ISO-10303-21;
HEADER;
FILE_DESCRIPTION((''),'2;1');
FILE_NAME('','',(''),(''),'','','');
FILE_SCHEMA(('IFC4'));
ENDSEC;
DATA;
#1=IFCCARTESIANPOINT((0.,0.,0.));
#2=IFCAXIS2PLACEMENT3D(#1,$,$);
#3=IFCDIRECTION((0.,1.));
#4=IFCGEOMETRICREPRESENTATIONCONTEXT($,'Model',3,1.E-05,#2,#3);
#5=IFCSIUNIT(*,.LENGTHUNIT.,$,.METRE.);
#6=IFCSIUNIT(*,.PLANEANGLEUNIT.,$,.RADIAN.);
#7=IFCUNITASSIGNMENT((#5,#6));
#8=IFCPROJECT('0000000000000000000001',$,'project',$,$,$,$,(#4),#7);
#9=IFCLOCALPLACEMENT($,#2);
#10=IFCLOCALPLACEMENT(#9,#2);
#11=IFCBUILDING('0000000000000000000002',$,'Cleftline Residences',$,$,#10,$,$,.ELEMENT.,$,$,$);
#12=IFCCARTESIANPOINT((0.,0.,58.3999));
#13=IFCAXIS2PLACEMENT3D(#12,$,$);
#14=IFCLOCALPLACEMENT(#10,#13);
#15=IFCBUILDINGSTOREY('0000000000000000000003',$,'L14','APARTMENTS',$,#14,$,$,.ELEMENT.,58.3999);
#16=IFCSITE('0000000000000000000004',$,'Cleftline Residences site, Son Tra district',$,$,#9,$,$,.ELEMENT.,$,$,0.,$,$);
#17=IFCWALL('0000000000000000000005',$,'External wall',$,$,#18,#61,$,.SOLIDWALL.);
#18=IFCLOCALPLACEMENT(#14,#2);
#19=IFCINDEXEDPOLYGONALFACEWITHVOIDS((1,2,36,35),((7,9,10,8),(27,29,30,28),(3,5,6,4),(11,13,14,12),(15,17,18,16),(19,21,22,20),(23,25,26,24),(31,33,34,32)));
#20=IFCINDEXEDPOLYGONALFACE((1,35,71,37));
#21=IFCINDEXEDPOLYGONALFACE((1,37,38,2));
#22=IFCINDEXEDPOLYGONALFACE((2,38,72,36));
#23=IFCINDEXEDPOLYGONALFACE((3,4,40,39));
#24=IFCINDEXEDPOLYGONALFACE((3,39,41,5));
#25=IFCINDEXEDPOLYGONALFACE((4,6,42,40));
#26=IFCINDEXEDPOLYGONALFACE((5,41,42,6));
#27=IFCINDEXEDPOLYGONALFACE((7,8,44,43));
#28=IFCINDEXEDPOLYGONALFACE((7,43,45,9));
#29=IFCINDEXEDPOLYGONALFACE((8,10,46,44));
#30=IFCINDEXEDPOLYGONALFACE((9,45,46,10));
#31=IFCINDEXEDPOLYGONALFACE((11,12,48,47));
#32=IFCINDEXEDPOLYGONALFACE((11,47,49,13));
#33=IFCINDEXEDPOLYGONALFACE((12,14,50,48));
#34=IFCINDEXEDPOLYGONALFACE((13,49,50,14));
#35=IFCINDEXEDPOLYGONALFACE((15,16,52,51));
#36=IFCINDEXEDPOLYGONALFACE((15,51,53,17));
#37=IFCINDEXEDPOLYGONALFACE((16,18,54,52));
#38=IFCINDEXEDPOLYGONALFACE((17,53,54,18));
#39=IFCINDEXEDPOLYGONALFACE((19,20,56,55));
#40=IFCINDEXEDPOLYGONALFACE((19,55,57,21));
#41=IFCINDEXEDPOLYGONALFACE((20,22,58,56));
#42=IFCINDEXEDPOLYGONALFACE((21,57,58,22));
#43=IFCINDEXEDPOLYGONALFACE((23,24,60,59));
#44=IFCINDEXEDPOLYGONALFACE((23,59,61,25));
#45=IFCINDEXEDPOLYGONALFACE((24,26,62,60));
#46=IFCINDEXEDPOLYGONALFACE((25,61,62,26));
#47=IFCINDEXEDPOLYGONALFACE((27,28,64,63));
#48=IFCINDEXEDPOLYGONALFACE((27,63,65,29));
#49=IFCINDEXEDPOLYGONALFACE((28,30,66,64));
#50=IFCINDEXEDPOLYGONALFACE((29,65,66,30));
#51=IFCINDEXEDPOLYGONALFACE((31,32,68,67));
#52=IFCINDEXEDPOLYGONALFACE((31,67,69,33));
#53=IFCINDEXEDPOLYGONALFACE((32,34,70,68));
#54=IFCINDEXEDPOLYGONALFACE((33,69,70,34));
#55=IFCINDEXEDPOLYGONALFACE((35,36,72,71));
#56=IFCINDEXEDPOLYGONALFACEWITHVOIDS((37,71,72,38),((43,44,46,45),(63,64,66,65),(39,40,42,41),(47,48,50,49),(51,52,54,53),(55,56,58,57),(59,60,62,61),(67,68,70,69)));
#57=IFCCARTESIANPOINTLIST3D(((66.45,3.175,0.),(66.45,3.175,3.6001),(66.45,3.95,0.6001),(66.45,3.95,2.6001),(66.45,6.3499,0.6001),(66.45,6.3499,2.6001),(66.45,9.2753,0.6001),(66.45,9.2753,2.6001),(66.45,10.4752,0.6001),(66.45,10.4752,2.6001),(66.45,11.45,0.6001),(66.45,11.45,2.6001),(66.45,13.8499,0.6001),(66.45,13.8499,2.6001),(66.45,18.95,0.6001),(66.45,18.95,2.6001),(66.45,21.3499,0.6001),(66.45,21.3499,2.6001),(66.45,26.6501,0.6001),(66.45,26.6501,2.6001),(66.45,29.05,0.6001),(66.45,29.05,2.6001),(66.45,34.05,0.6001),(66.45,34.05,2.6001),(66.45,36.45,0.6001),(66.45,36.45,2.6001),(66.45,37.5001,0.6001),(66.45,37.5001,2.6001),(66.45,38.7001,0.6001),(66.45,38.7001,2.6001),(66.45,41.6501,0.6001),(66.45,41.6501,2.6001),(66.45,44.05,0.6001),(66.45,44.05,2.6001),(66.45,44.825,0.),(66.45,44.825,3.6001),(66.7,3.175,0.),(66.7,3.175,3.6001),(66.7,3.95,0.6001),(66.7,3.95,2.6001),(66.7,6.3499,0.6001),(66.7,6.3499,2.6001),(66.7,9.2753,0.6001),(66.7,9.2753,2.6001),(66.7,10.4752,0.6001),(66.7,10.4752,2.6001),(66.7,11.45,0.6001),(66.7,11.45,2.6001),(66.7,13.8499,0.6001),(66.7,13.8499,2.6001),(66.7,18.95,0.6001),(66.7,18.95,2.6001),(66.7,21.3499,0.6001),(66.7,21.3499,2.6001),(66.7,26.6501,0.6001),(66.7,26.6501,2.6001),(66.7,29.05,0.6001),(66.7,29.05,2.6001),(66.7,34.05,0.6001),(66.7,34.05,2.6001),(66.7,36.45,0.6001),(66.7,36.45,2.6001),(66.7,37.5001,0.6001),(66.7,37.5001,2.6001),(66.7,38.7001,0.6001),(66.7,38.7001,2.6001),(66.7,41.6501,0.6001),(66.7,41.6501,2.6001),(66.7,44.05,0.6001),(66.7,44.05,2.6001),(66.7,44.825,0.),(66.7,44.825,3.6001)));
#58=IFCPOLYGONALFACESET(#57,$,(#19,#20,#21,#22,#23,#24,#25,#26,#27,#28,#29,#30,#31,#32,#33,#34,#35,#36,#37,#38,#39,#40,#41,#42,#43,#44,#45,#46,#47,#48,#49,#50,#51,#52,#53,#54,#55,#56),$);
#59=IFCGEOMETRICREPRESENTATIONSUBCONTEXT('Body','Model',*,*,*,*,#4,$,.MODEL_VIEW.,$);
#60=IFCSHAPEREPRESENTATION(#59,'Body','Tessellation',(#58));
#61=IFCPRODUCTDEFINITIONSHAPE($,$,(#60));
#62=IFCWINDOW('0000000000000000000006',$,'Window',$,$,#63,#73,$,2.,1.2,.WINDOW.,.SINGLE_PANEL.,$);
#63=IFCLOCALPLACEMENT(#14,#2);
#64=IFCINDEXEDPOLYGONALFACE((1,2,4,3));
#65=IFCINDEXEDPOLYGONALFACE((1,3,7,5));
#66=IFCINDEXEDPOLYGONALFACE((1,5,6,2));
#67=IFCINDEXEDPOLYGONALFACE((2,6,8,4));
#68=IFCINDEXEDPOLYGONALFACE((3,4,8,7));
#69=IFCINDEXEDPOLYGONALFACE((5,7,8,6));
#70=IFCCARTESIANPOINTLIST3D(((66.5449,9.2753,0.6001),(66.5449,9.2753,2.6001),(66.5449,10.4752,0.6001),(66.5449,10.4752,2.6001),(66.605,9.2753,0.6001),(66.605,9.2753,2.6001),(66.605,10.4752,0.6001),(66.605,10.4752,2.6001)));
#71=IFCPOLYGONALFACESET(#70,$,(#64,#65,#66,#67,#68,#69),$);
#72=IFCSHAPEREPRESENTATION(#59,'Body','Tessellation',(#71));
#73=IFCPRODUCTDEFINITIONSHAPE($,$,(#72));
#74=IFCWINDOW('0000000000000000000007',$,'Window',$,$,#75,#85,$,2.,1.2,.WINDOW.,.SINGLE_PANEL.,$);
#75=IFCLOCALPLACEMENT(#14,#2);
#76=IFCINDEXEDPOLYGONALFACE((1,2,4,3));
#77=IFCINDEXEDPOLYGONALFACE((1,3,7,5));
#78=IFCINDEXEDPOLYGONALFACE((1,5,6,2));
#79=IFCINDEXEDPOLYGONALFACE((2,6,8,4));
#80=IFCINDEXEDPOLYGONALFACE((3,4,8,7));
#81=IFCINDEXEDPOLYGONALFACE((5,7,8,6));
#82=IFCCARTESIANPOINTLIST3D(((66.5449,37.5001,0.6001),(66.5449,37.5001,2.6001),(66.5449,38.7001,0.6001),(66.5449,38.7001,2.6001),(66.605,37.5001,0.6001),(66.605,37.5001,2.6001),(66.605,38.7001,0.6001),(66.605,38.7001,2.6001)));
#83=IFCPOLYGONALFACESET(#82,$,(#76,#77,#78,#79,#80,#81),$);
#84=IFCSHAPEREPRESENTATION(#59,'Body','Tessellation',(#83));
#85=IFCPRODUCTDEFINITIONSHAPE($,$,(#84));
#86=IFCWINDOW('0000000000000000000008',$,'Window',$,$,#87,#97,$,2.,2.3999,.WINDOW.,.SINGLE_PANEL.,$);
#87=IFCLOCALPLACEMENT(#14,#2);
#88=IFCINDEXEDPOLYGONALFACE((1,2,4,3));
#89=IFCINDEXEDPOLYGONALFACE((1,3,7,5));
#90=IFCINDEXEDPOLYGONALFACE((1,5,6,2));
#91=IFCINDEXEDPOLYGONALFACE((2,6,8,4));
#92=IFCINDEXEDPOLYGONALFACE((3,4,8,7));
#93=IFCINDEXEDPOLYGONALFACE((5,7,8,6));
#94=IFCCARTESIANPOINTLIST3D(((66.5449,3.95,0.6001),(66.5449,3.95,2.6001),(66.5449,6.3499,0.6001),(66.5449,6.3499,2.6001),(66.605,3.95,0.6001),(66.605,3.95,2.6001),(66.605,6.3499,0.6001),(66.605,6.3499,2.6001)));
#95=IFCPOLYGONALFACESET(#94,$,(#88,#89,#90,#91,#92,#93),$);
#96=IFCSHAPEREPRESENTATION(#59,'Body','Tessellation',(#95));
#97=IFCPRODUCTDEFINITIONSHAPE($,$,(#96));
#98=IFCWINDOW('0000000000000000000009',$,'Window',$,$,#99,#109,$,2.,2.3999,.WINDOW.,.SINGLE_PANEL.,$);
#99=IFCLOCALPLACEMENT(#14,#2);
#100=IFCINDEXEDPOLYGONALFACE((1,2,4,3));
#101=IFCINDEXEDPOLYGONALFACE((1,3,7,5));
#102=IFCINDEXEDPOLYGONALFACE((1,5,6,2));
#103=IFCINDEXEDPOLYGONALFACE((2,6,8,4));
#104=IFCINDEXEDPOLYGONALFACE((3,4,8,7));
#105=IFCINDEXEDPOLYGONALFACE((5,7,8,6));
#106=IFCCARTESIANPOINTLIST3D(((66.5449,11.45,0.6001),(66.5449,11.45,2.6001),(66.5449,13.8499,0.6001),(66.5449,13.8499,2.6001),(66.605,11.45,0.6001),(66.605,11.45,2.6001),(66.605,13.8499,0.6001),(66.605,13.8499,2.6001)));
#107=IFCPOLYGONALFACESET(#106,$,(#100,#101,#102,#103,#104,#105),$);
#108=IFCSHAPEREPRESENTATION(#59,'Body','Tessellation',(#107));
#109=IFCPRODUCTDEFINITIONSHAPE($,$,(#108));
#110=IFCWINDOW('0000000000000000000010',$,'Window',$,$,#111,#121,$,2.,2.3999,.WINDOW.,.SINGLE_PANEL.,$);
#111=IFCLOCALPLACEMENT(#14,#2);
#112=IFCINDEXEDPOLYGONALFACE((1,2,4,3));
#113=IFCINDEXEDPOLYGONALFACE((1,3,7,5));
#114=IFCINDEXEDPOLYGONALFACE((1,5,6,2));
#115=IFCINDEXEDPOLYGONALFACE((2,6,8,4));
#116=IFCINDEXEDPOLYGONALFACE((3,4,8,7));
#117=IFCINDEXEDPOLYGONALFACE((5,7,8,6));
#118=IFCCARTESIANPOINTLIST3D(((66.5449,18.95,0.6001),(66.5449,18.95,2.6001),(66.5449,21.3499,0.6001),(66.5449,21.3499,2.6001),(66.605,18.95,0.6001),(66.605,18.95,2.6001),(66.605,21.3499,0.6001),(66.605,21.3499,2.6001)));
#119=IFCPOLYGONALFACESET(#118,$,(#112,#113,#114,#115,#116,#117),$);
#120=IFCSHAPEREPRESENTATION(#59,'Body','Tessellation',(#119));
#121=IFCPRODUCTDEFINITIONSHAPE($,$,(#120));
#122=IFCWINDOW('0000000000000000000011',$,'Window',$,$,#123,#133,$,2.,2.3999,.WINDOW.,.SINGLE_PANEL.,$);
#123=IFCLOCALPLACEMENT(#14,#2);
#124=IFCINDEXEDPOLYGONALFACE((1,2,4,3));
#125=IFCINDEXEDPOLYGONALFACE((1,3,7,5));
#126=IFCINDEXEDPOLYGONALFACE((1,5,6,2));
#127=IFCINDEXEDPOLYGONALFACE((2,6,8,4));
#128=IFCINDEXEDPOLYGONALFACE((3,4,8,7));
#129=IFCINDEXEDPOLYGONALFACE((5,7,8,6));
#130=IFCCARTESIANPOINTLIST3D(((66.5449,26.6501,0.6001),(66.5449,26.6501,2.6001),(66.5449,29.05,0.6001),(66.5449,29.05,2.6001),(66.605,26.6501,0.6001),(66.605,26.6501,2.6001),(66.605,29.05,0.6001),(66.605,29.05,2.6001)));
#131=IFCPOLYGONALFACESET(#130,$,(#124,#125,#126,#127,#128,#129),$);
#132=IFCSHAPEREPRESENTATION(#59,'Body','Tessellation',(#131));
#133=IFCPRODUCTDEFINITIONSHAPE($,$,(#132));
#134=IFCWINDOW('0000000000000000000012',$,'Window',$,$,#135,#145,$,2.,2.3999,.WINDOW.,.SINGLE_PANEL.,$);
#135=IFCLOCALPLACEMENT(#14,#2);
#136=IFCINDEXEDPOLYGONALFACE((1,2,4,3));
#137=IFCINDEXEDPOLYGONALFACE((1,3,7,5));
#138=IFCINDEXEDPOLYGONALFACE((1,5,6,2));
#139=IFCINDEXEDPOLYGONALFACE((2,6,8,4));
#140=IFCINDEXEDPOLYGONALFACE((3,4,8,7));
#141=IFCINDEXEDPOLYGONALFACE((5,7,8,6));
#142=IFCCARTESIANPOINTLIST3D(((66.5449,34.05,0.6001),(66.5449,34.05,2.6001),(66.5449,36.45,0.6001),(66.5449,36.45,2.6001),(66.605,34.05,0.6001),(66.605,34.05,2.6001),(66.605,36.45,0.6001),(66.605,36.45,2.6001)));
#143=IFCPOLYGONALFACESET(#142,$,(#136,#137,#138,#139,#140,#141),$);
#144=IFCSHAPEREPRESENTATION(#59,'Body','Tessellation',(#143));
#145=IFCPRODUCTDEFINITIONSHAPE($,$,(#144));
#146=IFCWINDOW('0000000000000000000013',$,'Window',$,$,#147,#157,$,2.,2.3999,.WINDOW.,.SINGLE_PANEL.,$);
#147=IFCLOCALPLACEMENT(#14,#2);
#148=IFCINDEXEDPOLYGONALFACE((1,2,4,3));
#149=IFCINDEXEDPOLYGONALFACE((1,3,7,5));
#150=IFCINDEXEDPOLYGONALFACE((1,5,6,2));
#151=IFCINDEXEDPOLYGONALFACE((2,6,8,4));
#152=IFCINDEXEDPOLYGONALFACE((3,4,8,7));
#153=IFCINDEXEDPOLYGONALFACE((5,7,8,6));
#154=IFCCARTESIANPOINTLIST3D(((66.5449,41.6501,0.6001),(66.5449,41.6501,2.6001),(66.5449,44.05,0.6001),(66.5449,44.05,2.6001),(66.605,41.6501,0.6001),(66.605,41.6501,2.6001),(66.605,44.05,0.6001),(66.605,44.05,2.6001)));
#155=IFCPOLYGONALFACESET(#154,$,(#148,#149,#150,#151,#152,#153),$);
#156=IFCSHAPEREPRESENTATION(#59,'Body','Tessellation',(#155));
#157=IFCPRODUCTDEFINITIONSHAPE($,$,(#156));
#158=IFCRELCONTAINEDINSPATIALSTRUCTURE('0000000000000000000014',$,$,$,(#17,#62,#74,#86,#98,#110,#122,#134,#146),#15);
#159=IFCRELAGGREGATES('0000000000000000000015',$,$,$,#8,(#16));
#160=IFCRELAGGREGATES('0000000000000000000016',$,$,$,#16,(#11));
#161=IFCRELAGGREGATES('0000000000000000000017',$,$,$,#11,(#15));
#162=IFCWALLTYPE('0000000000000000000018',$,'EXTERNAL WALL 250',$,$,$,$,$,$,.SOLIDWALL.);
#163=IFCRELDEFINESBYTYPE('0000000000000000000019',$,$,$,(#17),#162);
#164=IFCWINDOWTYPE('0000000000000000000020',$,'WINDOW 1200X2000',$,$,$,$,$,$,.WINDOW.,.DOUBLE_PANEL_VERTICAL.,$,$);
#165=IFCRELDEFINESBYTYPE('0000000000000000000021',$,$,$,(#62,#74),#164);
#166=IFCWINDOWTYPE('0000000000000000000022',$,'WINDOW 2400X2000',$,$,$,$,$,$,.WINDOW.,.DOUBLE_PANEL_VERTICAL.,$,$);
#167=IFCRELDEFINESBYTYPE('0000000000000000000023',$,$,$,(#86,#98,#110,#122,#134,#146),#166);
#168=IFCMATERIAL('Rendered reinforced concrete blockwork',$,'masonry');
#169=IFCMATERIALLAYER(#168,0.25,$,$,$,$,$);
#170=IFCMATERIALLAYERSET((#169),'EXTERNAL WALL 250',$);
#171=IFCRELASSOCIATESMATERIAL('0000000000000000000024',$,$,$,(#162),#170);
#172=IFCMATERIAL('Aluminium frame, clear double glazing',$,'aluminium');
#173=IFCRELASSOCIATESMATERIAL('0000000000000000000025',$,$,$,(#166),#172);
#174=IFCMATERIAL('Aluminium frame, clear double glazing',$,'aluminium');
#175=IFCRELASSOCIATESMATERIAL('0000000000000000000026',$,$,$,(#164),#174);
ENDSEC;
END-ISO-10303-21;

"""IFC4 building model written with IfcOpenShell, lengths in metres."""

from ifc_helpers import new_model, si_unit, direction, frame, frame_2d, origin, place, context, subcontext, project, spatial, rectangle, extrude, material, layer, layer_set, type_object, element, fill, save


model = new_model("IFC4")

# Units and contexts
model_context = context("Model", 3, precision=1e-05, world=origin(), true_north=direction((0.0, 1.0)))
body_context = subcontext(model_context, "Body", "Model", "MODEL_VIEW")
ifc_project = project(units=[si_unit("LENGTHUNIT", "METRE"), si_unit("PLANEANGLEUNIT", "RADIAN")], contexts=[model_context])

# Site, building, storey
site_placement = place(None, origin())
site = spatial("IfcSite", under=ifc_project, at=site_placement, Name="Cleftline Residences site, Son Tra district", CompositionType="ELEMENT", RefElevation=0.0)
building_placement = place(site_placement, origin())
building = spatial("IfcBuilding", under=site, at=building_placement, Name="Cleftline Residences", CompositionType="ELEMENT")
storey_placement = place(building_placement, frame((0.0, 0.0, 58.3999)))
storey = spatial("IfcBuildingStorey", under=building, at=storey_placement, Name="L14", Description="APARTMENTS", CompositionType="ELEMENT", Elevation=58.3999)

# Shared definitions
ifc_material_1 = material(Name="Rendered reinforced concrete blockwork", Category="masonry")
ifc_layer_1 = layer(ifc_material_1, 0.25)
ifc_layer_set_1 = layer_set([ifc_layer_1], Name="EXTERNAL WALL 250")
wall_type_1 = type_object("IfcWallType", Name="EXTERNAL WALL 250", PredefinedType="SOLIDWALL", material=ifc_layer_set_1)
ifc_material_2 = material(Name="Aluminium frame, clear double glazing", Category="aluminium")
window_type_1 = type_object("IfcWindowType", Name="WINDOW 2400X2000", PartitioningType="DOUBLE_PANEL_VERTICAL", PredefinedType="WINDOW", material=ifc_material_2)

# Wall, openings, windows
wall_1_placement = place(storey_placement, frame((66.575, 3.175, 0.0), z_axis=(0.0, 0.0, 1.0), x_axis=(0.0, 1.0, 0.0)))
wall_1 = element("IfcWall", 1, at=wall_1_placement, inside=storey, type_object=wall_type_1, Name="External wall", PredefinedType="SOLIDWALL", context=body_context, shape_type="SweptSolid", body=[
    extrude(rectangle(XDim=41.6499, YDim=0.25, at=frame_2d((20.825, 0.0))), origin(), (0.0, 0.0, 1.0), 3.6001),
])
opening_1_placement = place(wall_1_placement, frame((0.7749, 0.0, 0.6001)))
opening_1 = element("IfcOpeningElement", 2, at=opening_1_placement, cuts=wall_1, PredefinedType="OPENING", context=body_context, shape_type="SweptSolid", body=[
    extrude(rectangle(XDim=2.3999, YDim=2.0, at=frame_2d((1.2, 1.0))), frame((0.0, 0.135, 0.0), z_axis=(0.0, -1.0, 0.0), x_axis=(1.0, 0.0, 0.0)), (0.0, 0.0, 1.0), 0.27),
])
opening_2_placement = place(wall_1_placement, frame((6.1001, 0.0, 0.6001)))
opening_2 = element("IfcOpeningElement", 3, at=opening_2_placement, cuts=wall_1, PredefinedType="OPENING", context=body_context, shape_type="SweptSolid", body=[
    extrude(rectangle(XDim=1.2, YDim=2.0, at=frame_2d((0.6001, 1.0))), frame((0.0, 0.135, 0.0), z_axis=(0.0, -1.0, 0.0), x_axis=(1.0, 0.0, 0.0)), (0.0, 0.0, 1.0), 0.27),
])
opening_3_placement = place(wall_1_placement, frame((8.2749, 0.0, 0.6001)))
opening_3 = element("IfcOpeningElement", 4, at=opening_3_placement, cuts=wall_1, PredefinedType="OPENING", context=body_context, shape_type="SweptSolid", body=[
    extrude(rectangle(XDim=2.3999, YDim=2.0, at=frame_2d((1.2, 1.0))), frame((0.0, 0.135, 0.0), z_axis=(0.0, -1.0, 0.0), x_axis=(1.0, 0.0, 0.0)), (0.0, 0.0, 1.0), 0.27),
])
opening_4_placement = place(wall_1_placement, frame((15.7749, 0.0, 0.6001)))
opening_4 = element("IfcOpeningElement", 5, at=opening_4_placement, cuts=wall_1, PredefinedType="OPENING", context=body_context, shape_type="SweptSolid", body=[
    extrude(rectangle(XDim=2.3999, YDim=2.0, at=frame_2d((1.2, 1.0))), frame((0.0, 0.135, 0.0), z_axis=(0.0, -1.0, 0.0), x_axis=(1.0, 0.0, 0.0)), (0.0, 0.0, 1.0), 0.27),
])
opening_5_placement = place(wall_1_placement, frame((23.4751, 0.0, 0.6001)))
opening_5 = element("IfcOpeningElement", 6, at=opening_5_placement, cuts=wall_1, PredefinedType="OPENING", context=body_context, shape_type="SweptSolid", body=[
    extrude(rectangle(XDim=2.3999, YDim=2.0, at=frame_2d((1.2, 1.0))), frame((0.0, 0.135, 0.0), z_axis=(0.0, -1.0, 0.0), x_axis=(1.0, 0.0, 0.0)), (0.0, 0.0, 1.0), 0.27),
])
opening_6_placement = place(wall_1_placement, frame((30.875, 0.0, 0.6001)))
opening_6 = element("IfcOpeningElement", 7, at=opening_6_placement, cuts=wall_1, PredefinedType="OPENING", context=body_context, shape_type="SweptSolid", body=[
    extrude(rectangle(XDim=2.3999, YDim=2.0, at=frame_2d((1.2, 1.0))), frame((0.0, 0.135, 0.0), z_axis=(0.0, -1.0, 0.0), x_axis=(1.0, 0.0, 0.0)), (0.0, 0.0, 1.0), 0.27),
])
opening_7_placement = place(wall_1_placement, frame((34.325, 0.0, 0.6001)))
opening_7 = element("IfcOpeningElement", 8, at=opening_7_placement, cuts=wall_1, PredefinedType="OPENING", context=body_context, shape_type="SweptSolid", body=[
    extrude(rectangle(XDim=1.2, YDim=2.0, at=frame_2d((0.6001, 1.0))), frame((0.0, 0.135, 0.0), z_axis=(0.0, -1.0, 0.0), x_axis=(1.0, 0.0, 0.0)), (0.0, 0.0, 1.0), 0.27),
])
opening_8_placement = place(wall_1_placement, frame((38.4751, 0.0, 0.6001)))
opening_8 = element("IfcOpeningElement", 9, at=opening_8_placement, cuts=wall_1, PredefinedType="OPENING", context=body_context, shape_type="SweptSolid", body=[
    extrude(rectangle(XDim=2.3999, YDim=2.0, at=frame_2d((1.2, 1.0))), frame((0.0, 0.135, 0.0), z_axis=(0.0, -1.0, 0.0), x_axis=(1.0, 0.0, 0.0)), (0.0, 0.0, 1.0), 0.27),
])
ifc_material_3 = material(Name="Aluminium frame, clear double glazing", Category="aluminium")
window_type_2 = type_object("IfcWindowType", Name="WINDOW 1200X2000", PartitioningType="DOUBLE_PANEL_VERTICAL", PredefinedType="WINDOW", material=ifc_material_3)
window_1_placement = place(opening_2_placement, origin())
window_1 = element("IfcWindow", 10, at=window_1_placement, inside=storey, type_object=window_type_2, Name="Window", OverallHeight=2.0, OverallWidth=1.2, PartitioningType="SINGLE_PANEL", PredefinedType="WINDOW", context=body_context, shape_type="SweptSolid", body=[
    extrude(rectangle(XDim=1.2, YDim=2.0, at=frame_2d((0.6001, 1.0))), frame((0.0, 0.03, 0.0), z_axis=(0.0, -1.0, 0.0), x_axis=(1.0, 0.0, 0.0)), (0.0, 0.0, 1.0), 0.0601),
])
fill(opening_2, window_1)
window_2_placement = place(opening_7_placement, origin())
window_2 = element("IfcWindow", 11, at=window_2_placement, inside=storey, type_object=window_type_2, Name="Window", OverallHeight=2.0, OverallWidth=1.2, PartitioningType="SINGLE_PANEL", PredefinedType="WINDOW", context=body_context, shape_type="SweptSolid", body=[
    extrude(rectangle(XDim=1.2, YDim=2.0, at=frame_2d((0.6001, 1.0))), frame((0.0, 0.03, 0.0), z_axis=(0.0, -1.0, 0.0), x_axis=(1.0, 0.0, 0.0)), (0.0, 0.0, 1.0), 0.0601),
])
fill(opening_7, window_2)
window_3_placement = place(opening_1_placement, origin())
window_3 = element("IfcWindow", 12, at=window_3_placement, inside=storey, type_object=window_type_1, Name="Window", OverallHeight=2.0, OverallWidth=2.3999, PartitioningType="SINGLE_PANEL", PredefinedType="WINDOW", context=body_context, shape_type="SweptSolid", body=[
    extrude(rectangle(XDim=2.3999, YDim=2.0, at=frame_2d((1.2, 1.0))), frame((0.0, 0.03, 0.0), z_axis=(0.0, -1.0, 0.0), x_axis=(1.0, 0.0, 0.0)), (0.0, 0.0, 1.0), 0.0601),
])
fill(opening_1, window_3)
window_4_placement = place(opening_3_placement, origin())
window_4 = element("IfcWindow", 13, at=window_4_placement, inside=storey, type_object=window_type_1, Name="Window", OverallHeight=2.0, OverallWidth=2.3999, PartitioningType="SINGLE_PANEL", PredefinedType="WINDOW", context=body_context, shape_type="SweptSolid", body=[
    extrude(rectangle(XDim=2.3999, YDim=2.0, at=frame_2d((1.2, 1.0))), frame((0.0, 0.03, 0.0), z_axis=(0.0, -1.0, 0.0), x_axis=(1.0, 0.0, 0.0)), (0.0, 0.0, 1.0), 0.0601),
])
fill(opening_3, window_4)
window_5_placement = place(opening_4_placement, origin())
window_5 = element("IfcWindow", 14, at=window_5_placement, inside=storey, type_object=window_type_1, Name="Window", OverallHeight=2.0, OverallWidth=2.3999, PartitioningType="SINGLE_PANEL", PredefinedType="WINDOW", context=body_context, shape_type="SweptSolid", body=[
    extrude(rectangle(XDim=2.3999, YDim=2.0, at=frame_2d((1.2, 1.0))), frame((0.0, 0.03, 0.0), z_axis=(0.0, -1.0, 0.0), x_axis=(1.0, 0.0, 0.0)), (0.0, 0.0, 1.0), 0.0601),
])
fill(opening_4, window_5)
window_6_placement = place(opening_5_placement, origin())
window_6 = element("IfcWindow", 15, at=window_6_placement, inside=storey, type_object=window_type_1, Name="Window", OverallHeight=2.0, OverallWidth=2.3999, PartitioningType="SINGLE_PANEL", PredefinedType="WINDOW", context=body_context, shape_type="SweptSolid", body=[
    extrude(rectangle(XDim=2.3999, YDim=2.0, at=frame_2d((1.2, 1.0))), frame((0.0, 0.03, 0.0), z_axis=(0.0, -1.0, 0.0), x_axis=(1.0, 0.0, 0.0)), (0.0, 0.0, 1.0), 0.0601),
])
fill(opening_5, window_6)
window_7_placement = place(opening_6_placement, origin())
window_7 = element("IfcWindow", 16, at=window_7_placement, inside=storey, type_object=window_type_1, Name="Window", OverallHeight=2.0, OverallWidth=2.3999, PartitioningType="SINGLE_PANEL", PredefinedType="WINDOW", context=body_context, shape_type="SweptSolid", body=[
    extrude(rectangle(XDim=2.3999, YDim=2.0, at=frame_2d((1.2, 1.0))), frame((0.0, 0.03, 0.0), z_axis=(0.0, -1.0, 0.0), x_axis=(1.0, 0.0, 0.0)), (0.0, 0.0, 1.0), 0.0601),
])
fill(opening_6, window_7)
window_8_placement = place(opening_8_placement, origin())
window_8 = element("IfcWindow", 17, at=window_8_placement, inside=storey, type_object=window_type_1, Name="Window", OverallHeight=2.0, OverallWidth=2.3999, PartitioningType="SINGLE_PANEL", PredefinedType="WINDOW", context=body_context, shape_type="SweptSolid", body=[
    extrude(rectangle(XDim=2.3999, YDim=2.0, at=frame_2d((1.2, 1.0))), frame((0.0, 0.03, 0.0), z_axis=(0.0, -1.0, 0.0), x_axis=(1.0, 0.0, 0.0)), (0.0, 0.0, 1.0), 0.0601),
])
fill(opening_8, window_8)

save(model, "model.ifc")
